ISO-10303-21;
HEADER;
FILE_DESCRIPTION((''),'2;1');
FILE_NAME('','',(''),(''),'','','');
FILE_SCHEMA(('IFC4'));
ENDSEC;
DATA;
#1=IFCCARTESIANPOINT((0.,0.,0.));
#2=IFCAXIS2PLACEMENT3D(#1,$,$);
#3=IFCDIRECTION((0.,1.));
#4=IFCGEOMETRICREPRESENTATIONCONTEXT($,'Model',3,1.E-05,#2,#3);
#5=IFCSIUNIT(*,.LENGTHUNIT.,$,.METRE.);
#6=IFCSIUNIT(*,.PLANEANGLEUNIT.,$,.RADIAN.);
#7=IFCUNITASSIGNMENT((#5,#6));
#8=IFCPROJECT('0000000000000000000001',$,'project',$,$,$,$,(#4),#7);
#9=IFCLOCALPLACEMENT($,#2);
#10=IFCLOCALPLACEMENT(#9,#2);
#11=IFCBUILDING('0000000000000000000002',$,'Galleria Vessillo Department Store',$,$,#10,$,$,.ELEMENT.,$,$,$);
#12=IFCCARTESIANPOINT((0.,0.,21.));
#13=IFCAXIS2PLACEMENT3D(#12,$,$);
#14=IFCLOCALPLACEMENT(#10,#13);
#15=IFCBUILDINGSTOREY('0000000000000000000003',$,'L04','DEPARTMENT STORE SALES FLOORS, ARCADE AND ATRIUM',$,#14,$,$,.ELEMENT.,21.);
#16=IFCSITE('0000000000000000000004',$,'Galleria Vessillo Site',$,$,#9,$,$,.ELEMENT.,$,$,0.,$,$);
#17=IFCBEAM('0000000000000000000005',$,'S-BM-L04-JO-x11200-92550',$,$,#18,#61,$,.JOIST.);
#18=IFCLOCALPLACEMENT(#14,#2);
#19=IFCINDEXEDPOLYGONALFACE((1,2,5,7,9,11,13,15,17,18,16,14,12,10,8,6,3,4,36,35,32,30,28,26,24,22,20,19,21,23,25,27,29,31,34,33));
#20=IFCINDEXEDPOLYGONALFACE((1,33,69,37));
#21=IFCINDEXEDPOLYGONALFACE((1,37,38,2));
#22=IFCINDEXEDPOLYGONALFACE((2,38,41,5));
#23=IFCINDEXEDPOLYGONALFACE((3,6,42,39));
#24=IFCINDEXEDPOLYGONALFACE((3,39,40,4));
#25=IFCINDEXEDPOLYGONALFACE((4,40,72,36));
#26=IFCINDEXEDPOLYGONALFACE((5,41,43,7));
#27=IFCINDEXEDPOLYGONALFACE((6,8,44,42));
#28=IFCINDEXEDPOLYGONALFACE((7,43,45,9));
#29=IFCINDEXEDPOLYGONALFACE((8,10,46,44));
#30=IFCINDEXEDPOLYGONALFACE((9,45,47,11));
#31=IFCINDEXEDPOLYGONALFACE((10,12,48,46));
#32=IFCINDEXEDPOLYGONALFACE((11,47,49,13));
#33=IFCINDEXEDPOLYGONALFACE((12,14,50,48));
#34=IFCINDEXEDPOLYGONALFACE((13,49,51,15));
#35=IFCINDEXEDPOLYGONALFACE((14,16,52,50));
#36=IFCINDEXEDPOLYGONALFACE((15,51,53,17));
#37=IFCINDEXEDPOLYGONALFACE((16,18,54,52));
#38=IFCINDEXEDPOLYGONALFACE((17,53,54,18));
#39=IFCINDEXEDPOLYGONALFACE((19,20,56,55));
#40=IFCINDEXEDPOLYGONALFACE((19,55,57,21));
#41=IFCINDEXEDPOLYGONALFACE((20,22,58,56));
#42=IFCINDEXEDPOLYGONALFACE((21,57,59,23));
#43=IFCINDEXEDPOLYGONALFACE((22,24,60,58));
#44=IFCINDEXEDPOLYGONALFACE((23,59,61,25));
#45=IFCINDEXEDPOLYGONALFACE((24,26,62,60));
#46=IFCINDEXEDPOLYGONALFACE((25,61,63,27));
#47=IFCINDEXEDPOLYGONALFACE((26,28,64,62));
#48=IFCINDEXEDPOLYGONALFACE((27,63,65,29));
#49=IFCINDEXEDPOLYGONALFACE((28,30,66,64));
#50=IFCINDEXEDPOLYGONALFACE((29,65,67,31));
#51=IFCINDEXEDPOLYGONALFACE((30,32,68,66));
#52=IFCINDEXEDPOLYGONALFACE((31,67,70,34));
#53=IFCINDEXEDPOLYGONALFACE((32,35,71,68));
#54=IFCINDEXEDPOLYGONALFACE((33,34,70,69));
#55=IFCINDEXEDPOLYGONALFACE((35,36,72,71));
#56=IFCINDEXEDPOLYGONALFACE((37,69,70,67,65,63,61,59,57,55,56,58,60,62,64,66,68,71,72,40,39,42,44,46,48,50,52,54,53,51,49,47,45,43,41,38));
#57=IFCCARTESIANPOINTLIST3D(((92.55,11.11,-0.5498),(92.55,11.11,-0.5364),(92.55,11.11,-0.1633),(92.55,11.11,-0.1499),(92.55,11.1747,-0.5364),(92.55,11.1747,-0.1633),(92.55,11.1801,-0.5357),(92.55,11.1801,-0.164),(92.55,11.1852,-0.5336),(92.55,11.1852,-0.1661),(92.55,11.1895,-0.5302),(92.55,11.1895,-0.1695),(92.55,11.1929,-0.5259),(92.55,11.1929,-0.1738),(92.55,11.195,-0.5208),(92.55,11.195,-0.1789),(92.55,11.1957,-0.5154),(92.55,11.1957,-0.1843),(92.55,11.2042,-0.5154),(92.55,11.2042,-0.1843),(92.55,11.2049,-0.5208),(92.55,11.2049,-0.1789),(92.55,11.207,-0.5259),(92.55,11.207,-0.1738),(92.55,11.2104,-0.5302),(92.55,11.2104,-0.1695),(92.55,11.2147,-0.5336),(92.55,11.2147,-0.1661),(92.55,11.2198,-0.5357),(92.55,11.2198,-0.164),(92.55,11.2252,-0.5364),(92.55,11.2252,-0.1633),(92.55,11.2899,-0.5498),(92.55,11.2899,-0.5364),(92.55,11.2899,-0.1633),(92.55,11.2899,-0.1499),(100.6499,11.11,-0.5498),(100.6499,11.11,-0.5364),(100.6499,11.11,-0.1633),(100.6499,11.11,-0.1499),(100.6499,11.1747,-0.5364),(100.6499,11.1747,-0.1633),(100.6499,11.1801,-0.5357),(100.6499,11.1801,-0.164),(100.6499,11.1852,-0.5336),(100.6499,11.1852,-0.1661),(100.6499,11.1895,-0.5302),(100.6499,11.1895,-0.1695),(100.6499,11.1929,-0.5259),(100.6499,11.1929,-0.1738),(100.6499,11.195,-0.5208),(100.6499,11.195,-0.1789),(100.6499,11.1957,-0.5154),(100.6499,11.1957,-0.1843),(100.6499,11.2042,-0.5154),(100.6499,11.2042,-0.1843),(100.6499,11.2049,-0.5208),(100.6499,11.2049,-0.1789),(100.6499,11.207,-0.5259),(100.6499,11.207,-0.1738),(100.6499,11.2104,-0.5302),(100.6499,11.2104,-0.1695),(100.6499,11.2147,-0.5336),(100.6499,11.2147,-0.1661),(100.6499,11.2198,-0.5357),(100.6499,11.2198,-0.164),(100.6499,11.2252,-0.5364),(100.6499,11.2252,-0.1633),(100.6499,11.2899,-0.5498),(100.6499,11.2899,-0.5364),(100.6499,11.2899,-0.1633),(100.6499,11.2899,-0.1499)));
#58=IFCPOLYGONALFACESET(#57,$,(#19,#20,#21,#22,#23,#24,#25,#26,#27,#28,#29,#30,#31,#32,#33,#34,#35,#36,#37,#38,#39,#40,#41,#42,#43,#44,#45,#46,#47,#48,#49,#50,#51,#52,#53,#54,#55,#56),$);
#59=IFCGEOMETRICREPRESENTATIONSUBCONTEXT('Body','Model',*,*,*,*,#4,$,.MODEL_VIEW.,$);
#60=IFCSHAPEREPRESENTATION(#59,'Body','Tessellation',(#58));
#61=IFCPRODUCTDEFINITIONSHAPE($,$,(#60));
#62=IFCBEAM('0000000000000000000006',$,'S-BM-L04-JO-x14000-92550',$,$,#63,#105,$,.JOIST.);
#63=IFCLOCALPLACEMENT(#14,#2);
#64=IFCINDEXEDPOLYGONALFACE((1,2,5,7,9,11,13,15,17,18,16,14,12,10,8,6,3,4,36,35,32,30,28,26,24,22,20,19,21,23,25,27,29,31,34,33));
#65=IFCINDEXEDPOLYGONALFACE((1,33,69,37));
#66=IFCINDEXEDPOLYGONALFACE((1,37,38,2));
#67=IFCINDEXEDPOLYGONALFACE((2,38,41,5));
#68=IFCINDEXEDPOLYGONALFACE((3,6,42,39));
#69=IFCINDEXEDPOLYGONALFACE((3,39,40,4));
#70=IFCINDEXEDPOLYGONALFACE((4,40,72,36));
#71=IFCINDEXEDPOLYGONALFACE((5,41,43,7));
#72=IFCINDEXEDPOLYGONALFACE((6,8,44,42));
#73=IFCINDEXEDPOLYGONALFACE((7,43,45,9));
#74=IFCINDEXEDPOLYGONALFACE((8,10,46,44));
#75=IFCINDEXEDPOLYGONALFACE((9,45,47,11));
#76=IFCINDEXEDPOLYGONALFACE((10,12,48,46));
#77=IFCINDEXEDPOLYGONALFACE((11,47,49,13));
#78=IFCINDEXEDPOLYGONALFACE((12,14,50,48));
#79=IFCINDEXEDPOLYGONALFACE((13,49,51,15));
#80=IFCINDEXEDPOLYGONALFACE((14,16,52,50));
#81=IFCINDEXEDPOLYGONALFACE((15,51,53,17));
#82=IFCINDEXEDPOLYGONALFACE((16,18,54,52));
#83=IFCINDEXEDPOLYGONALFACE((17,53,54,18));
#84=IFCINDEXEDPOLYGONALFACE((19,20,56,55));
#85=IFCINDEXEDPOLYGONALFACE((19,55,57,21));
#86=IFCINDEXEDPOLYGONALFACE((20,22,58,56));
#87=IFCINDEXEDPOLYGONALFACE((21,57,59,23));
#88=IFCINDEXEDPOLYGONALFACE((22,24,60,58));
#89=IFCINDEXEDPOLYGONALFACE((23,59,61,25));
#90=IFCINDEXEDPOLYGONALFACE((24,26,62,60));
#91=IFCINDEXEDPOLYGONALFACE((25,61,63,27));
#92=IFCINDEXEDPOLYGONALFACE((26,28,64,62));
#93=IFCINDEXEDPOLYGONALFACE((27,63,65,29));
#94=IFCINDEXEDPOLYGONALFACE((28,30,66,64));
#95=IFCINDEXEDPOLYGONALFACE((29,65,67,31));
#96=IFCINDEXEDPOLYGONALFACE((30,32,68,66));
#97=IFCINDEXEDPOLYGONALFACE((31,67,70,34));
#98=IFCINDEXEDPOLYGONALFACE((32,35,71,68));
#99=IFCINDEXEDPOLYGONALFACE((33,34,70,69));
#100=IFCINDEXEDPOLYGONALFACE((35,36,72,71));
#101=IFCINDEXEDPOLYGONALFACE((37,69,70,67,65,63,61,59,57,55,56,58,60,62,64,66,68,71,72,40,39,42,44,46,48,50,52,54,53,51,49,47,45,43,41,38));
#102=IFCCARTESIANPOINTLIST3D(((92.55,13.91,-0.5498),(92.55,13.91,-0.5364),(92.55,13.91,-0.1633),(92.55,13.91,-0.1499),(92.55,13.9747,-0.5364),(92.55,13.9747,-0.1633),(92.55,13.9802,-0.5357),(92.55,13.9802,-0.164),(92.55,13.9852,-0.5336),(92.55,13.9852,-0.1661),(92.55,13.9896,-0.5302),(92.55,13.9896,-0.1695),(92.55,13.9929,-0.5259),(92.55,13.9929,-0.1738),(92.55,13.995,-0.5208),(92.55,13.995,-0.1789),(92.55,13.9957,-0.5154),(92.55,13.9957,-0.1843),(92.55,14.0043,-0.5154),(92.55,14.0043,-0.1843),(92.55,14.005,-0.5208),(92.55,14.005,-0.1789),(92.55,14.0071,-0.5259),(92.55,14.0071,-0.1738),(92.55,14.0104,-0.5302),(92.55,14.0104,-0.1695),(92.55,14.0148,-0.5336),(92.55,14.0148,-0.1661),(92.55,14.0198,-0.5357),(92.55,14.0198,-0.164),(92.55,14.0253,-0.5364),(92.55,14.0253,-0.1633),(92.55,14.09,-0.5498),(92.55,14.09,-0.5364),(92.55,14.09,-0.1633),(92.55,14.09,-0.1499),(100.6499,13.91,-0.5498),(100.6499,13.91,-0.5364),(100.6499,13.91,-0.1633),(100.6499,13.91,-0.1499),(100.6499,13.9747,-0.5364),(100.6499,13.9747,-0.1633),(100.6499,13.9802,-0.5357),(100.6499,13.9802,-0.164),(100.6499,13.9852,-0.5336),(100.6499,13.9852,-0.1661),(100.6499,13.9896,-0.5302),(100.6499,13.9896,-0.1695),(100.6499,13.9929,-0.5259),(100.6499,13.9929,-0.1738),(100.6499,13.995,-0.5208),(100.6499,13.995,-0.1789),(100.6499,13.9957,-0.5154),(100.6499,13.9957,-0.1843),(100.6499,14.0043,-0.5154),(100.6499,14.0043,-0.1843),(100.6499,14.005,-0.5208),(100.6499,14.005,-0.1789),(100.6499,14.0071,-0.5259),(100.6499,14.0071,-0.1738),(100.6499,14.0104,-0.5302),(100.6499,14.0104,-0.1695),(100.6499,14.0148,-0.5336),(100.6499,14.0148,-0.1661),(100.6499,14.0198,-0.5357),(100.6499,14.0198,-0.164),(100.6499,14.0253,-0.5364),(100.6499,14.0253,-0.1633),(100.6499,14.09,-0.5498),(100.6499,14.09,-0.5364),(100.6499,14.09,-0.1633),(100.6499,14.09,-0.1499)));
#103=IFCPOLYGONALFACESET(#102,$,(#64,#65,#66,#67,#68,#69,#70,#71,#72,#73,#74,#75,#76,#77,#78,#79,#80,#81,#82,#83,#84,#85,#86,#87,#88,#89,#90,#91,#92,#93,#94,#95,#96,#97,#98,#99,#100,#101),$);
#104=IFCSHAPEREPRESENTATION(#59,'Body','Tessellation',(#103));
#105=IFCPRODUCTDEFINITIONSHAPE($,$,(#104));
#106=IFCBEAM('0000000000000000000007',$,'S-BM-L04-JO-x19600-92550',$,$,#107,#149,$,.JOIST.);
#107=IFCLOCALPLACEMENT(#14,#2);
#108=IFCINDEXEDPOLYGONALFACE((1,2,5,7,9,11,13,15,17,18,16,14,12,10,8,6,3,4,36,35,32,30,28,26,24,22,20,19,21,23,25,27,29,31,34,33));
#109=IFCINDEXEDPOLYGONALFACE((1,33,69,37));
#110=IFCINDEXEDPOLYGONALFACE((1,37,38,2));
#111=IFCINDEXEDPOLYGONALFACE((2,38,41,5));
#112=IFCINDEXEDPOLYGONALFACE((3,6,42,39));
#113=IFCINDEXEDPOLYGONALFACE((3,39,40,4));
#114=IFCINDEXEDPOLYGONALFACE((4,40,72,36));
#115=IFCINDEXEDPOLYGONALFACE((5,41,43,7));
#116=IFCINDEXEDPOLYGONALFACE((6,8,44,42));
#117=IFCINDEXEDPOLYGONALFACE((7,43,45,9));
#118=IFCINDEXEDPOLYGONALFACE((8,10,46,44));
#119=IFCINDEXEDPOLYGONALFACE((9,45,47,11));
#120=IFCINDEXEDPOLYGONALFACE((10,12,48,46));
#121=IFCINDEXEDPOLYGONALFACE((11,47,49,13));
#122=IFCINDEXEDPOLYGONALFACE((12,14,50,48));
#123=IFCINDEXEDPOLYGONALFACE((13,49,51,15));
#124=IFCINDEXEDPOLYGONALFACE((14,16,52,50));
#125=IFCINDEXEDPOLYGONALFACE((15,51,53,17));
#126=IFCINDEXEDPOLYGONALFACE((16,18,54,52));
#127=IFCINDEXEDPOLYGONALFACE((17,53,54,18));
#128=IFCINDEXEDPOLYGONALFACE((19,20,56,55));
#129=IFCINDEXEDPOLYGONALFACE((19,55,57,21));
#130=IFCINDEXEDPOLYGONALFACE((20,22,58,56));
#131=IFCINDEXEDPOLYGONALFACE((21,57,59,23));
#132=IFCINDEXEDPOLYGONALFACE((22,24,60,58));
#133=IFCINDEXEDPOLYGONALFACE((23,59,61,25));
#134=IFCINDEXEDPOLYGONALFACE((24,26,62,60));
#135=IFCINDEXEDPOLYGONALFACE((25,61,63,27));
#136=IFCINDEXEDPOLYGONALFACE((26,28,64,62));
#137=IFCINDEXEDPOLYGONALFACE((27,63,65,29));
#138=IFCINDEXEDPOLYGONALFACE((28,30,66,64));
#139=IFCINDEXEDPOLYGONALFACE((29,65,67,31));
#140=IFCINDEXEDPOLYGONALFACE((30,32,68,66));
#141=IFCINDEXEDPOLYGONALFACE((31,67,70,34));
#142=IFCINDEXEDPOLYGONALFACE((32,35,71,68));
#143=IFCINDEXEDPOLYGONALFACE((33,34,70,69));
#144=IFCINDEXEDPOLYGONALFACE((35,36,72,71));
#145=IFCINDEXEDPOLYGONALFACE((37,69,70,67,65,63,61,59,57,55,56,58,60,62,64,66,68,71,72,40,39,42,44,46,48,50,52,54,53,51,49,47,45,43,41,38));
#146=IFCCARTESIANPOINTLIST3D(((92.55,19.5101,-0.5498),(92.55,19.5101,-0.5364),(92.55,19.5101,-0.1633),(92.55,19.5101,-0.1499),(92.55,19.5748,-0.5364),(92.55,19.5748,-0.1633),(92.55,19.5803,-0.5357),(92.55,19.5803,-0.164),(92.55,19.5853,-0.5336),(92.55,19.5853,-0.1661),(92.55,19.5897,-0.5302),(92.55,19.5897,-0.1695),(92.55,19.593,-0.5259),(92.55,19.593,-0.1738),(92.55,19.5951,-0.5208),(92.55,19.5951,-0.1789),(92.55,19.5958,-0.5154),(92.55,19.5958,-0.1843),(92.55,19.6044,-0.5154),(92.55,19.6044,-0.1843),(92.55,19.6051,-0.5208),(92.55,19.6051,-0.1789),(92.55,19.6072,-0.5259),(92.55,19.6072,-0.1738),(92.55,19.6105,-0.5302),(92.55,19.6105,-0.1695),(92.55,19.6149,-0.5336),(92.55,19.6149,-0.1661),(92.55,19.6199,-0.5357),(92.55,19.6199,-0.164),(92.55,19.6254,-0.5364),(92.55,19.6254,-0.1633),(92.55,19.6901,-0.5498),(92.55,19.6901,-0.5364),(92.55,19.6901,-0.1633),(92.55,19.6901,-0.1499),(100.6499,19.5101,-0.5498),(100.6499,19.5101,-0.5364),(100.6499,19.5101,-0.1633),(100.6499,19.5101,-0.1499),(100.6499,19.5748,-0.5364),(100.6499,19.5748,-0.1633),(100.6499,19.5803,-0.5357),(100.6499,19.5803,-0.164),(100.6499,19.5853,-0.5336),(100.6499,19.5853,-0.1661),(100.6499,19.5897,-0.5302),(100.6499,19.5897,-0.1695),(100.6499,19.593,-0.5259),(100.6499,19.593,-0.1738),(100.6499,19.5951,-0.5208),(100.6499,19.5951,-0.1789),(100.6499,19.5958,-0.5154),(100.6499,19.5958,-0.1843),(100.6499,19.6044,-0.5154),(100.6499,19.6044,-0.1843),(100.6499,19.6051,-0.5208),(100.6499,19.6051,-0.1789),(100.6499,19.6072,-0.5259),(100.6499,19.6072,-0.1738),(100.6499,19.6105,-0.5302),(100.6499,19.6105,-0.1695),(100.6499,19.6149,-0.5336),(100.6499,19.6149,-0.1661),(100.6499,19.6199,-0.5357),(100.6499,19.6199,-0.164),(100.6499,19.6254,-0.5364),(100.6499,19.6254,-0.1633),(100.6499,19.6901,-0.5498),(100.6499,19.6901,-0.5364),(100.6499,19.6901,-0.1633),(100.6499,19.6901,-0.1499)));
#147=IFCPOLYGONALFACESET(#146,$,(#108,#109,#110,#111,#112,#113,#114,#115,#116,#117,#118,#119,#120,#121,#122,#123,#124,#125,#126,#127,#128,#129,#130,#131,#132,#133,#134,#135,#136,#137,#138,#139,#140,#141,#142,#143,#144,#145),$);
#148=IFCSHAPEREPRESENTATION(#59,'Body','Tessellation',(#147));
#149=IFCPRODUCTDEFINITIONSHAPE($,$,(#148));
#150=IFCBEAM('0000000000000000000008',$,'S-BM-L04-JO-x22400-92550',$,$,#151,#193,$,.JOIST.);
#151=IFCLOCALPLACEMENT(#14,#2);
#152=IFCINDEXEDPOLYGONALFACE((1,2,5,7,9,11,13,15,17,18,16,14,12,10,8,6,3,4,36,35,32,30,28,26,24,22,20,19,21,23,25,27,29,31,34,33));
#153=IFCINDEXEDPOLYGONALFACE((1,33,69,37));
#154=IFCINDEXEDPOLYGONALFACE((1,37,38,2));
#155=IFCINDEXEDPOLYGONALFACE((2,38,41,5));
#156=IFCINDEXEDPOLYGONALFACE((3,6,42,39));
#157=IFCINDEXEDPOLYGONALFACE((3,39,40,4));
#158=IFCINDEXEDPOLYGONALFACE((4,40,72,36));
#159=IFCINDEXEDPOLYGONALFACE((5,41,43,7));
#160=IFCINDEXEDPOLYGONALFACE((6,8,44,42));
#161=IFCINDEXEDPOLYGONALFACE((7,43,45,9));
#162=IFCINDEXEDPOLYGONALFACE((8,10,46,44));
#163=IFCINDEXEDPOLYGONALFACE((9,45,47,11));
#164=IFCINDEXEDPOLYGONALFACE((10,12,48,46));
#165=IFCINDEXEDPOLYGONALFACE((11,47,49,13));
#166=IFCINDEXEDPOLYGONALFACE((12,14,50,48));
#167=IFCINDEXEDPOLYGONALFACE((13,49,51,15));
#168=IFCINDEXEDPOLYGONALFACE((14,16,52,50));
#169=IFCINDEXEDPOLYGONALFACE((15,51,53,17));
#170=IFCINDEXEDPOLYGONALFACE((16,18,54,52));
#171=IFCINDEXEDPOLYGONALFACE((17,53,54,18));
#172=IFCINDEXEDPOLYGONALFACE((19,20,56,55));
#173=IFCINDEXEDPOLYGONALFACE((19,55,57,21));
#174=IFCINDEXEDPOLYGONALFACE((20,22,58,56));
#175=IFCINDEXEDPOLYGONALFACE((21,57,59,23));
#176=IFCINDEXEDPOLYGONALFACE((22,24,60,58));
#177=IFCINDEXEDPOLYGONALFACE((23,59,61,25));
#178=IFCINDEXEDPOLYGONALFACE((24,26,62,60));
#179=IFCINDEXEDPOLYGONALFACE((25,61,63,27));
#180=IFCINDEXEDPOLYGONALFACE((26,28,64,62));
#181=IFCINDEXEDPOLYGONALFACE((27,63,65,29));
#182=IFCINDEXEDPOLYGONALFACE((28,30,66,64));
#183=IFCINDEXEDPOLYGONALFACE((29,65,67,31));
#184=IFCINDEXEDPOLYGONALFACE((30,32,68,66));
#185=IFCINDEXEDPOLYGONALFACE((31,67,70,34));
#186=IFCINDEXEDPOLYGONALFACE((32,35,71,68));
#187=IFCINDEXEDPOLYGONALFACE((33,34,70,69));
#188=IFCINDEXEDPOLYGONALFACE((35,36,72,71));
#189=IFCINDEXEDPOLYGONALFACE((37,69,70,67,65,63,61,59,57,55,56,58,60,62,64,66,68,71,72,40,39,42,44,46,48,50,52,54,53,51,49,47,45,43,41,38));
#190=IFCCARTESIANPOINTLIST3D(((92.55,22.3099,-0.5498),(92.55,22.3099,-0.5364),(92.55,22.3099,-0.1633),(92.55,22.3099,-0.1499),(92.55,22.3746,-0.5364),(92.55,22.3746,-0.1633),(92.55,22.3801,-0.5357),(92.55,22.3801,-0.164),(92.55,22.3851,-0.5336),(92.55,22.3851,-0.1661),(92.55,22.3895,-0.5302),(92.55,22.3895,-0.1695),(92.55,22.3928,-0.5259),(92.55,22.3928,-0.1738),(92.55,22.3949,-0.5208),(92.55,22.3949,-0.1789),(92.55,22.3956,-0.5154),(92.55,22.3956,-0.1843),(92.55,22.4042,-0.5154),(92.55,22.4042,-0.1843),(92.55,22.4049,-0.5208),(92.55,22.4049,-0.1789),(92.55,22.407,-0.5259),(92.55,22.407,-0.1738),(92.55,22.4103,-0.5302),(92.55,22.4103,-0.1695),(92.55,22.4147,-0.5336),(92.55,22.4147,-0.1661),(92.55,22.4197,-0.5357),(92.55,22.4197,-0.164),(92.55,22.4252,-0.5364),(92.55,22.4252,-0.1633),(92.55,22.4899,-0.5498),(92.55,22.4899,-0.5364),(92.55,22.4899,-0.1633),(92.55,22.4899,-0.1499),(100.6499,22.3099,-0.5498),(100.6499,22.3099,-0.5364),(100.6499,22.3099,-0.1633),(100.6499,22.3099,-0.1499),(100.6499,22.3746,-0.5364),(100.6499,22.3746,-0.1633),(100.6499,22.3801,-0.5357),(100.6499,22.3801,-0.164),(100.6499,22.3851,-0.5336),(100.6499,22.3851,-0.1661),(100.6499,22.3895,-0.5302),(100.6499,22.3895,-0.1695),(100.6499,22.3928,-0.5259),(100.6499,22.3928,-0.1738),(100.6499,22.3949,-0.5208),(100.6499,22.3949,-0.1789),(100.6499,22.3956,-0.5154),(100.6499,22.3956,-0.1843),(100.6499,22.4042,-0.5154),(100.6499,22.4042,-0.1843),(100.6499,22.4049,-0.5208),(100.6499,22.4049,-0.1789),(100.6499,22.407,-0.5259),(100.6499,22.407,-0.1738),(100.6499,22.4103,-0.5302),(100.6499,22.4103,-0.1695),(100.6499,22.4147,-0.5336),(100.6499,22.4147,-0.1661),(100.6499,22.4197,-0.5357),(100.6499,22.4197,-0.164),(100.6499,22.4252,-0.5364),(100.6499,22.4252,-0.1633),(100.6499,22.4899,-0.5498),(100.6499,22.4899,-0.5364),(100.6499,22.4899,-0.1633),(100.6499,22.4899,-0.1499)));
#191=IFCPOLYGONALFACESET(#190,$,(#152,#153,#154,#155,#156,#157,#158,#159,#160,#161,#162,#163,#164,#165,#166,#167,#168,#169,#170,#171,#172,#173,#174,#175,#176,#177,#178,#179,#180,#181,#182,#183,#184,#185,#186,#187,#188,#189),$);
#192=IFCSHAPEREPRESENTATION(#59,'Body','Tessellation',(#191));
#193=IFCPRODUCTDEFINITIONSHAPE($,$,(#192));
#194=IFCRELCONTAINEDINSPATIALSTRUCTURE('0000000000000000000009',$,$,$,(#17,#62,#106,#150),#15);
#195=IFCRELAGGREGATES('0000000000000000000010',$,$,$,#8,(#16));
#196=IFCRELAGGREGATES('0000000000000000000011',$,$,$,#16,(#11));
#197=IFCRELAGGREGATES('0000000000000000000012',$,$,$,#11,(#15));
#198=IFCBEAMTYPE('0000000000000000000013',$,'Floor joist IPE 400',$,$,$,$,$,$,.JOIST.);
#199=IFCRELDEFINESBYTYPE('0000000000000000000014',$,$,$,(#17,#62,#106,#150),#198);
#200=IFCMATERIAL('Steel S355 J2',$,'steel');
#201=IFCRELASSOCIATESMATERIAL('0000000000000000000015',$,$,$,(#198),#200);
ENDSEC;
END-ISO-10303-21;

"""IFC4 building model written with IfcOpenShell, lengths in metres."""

from ifc_helpers import new_model, si_unit, direction, frame, origin, origin_2d, place, context, subcontext, project, spatial, i_section, extrude, material, material_profile, profile_set, type_object, element, save


model = new_model("IFC4")

# Units and contexts
model_context = context("Model", 3, precision=1e-05, world=origin(), true_north=direction((0.0, 1.0)))
body_context = subcontext(model_context, "Body", "Model", "MODEL_VIEW")
ifc_project = project(units=[si_unit("LENGTHUNIT", "METRE"), si_unit("PLANEANGLEUNIT", "RADIAN")], contexts=[model_context])

# Site, building, storey
site_placement = place(None, origin())
site = spatial("IfcSite", under=ifc_project, at=site_placement, Name="Galleria Vessillo Site", CompositionType="ELEMENT", RefElevation=0.0)
building_placement = place(site_placement, origin())
building = spatial("IfcBuilding", under=site, at=building_placement, Name="Galleria Vessillo Department Store", CompositionType="ELEMENT")
storey_placement = place(building_placement, frame((0.0, 0.0, 21.0)))
storey = spatial("IfcBuildingStorey", under=building, at=storey_placement, Name="L04", Description="DEPARTMENT STORE SALES FLOORS, ARCADE AND ATRIUM", CompositionType="ELEMENT", Elevation=21.0)

# Beams
ifc_material_1 = material(Name="Steel S355 J2", Category="steel")
ifc_material_profile_1 = material_profile(ifc_material_1, i_section(OverallWidth=0.1799, OverallDepth=0.3999, WebThickness=0.0085, FlangeThickness=0.0134, FilletRadius=0.021, at=origin_2d()), Name="IPE 400")
ifc_profile_set_1 = profile_set([ifc_material_profile_1], Name="Steel S355 J2")
beam_type_1 = type_object("IfcBeamType", Name="Floor joist IPE 400", PredefinedType="JOIST", material=ifc_profile_set_1)
for number, where, z_axis, x_axis, name in (
    (1, (92.55, 11.2, -0.3499), (1.0, 0.0, 0.0), (0.0, 1.0, 0.0), "S-BM-L04-JO-x11200-92550"),
    (2, (92.55, 14.0, -0.3499), (1.0, 0.0, 0.0), (0.0, 1.0, 0.0), "S-BM-L04-JO-x14000-92550"),
    (3, (92.55, 19.6001, -0.3499), (1.0, 0.0, 0.0), (0.0, 1.0, 0.0), "S-BM-L04-JO-x19600-92550"),
    (4, (92.55, 22.3999, -0.3499), (1.0, 0.0, 0.0), (0.0, 1.0, 0.0), "S-BM-L04-JO-x22400-92550"),
):
    element("IfcBeam", number, at=place(storey_placement, frame(where, z_axis=z_axis, x_axis=x_axis)), inside=storey, type_object=beam_type_1, Name=name, PredefinedType="JOIST", context=body_context, shape_type="SweptSolid", body=[
        extrude(i_section(OverallWidth=0.1799, OverallDepth=0.3999, WebThickness=0.0085, FlangeThickness=0.0134, FilletRadius=0.021, at=origin_2d()), origin(), (0.0, 0.0, 1.0), 8.0999),
    ])

save(model, "model.ifc")
